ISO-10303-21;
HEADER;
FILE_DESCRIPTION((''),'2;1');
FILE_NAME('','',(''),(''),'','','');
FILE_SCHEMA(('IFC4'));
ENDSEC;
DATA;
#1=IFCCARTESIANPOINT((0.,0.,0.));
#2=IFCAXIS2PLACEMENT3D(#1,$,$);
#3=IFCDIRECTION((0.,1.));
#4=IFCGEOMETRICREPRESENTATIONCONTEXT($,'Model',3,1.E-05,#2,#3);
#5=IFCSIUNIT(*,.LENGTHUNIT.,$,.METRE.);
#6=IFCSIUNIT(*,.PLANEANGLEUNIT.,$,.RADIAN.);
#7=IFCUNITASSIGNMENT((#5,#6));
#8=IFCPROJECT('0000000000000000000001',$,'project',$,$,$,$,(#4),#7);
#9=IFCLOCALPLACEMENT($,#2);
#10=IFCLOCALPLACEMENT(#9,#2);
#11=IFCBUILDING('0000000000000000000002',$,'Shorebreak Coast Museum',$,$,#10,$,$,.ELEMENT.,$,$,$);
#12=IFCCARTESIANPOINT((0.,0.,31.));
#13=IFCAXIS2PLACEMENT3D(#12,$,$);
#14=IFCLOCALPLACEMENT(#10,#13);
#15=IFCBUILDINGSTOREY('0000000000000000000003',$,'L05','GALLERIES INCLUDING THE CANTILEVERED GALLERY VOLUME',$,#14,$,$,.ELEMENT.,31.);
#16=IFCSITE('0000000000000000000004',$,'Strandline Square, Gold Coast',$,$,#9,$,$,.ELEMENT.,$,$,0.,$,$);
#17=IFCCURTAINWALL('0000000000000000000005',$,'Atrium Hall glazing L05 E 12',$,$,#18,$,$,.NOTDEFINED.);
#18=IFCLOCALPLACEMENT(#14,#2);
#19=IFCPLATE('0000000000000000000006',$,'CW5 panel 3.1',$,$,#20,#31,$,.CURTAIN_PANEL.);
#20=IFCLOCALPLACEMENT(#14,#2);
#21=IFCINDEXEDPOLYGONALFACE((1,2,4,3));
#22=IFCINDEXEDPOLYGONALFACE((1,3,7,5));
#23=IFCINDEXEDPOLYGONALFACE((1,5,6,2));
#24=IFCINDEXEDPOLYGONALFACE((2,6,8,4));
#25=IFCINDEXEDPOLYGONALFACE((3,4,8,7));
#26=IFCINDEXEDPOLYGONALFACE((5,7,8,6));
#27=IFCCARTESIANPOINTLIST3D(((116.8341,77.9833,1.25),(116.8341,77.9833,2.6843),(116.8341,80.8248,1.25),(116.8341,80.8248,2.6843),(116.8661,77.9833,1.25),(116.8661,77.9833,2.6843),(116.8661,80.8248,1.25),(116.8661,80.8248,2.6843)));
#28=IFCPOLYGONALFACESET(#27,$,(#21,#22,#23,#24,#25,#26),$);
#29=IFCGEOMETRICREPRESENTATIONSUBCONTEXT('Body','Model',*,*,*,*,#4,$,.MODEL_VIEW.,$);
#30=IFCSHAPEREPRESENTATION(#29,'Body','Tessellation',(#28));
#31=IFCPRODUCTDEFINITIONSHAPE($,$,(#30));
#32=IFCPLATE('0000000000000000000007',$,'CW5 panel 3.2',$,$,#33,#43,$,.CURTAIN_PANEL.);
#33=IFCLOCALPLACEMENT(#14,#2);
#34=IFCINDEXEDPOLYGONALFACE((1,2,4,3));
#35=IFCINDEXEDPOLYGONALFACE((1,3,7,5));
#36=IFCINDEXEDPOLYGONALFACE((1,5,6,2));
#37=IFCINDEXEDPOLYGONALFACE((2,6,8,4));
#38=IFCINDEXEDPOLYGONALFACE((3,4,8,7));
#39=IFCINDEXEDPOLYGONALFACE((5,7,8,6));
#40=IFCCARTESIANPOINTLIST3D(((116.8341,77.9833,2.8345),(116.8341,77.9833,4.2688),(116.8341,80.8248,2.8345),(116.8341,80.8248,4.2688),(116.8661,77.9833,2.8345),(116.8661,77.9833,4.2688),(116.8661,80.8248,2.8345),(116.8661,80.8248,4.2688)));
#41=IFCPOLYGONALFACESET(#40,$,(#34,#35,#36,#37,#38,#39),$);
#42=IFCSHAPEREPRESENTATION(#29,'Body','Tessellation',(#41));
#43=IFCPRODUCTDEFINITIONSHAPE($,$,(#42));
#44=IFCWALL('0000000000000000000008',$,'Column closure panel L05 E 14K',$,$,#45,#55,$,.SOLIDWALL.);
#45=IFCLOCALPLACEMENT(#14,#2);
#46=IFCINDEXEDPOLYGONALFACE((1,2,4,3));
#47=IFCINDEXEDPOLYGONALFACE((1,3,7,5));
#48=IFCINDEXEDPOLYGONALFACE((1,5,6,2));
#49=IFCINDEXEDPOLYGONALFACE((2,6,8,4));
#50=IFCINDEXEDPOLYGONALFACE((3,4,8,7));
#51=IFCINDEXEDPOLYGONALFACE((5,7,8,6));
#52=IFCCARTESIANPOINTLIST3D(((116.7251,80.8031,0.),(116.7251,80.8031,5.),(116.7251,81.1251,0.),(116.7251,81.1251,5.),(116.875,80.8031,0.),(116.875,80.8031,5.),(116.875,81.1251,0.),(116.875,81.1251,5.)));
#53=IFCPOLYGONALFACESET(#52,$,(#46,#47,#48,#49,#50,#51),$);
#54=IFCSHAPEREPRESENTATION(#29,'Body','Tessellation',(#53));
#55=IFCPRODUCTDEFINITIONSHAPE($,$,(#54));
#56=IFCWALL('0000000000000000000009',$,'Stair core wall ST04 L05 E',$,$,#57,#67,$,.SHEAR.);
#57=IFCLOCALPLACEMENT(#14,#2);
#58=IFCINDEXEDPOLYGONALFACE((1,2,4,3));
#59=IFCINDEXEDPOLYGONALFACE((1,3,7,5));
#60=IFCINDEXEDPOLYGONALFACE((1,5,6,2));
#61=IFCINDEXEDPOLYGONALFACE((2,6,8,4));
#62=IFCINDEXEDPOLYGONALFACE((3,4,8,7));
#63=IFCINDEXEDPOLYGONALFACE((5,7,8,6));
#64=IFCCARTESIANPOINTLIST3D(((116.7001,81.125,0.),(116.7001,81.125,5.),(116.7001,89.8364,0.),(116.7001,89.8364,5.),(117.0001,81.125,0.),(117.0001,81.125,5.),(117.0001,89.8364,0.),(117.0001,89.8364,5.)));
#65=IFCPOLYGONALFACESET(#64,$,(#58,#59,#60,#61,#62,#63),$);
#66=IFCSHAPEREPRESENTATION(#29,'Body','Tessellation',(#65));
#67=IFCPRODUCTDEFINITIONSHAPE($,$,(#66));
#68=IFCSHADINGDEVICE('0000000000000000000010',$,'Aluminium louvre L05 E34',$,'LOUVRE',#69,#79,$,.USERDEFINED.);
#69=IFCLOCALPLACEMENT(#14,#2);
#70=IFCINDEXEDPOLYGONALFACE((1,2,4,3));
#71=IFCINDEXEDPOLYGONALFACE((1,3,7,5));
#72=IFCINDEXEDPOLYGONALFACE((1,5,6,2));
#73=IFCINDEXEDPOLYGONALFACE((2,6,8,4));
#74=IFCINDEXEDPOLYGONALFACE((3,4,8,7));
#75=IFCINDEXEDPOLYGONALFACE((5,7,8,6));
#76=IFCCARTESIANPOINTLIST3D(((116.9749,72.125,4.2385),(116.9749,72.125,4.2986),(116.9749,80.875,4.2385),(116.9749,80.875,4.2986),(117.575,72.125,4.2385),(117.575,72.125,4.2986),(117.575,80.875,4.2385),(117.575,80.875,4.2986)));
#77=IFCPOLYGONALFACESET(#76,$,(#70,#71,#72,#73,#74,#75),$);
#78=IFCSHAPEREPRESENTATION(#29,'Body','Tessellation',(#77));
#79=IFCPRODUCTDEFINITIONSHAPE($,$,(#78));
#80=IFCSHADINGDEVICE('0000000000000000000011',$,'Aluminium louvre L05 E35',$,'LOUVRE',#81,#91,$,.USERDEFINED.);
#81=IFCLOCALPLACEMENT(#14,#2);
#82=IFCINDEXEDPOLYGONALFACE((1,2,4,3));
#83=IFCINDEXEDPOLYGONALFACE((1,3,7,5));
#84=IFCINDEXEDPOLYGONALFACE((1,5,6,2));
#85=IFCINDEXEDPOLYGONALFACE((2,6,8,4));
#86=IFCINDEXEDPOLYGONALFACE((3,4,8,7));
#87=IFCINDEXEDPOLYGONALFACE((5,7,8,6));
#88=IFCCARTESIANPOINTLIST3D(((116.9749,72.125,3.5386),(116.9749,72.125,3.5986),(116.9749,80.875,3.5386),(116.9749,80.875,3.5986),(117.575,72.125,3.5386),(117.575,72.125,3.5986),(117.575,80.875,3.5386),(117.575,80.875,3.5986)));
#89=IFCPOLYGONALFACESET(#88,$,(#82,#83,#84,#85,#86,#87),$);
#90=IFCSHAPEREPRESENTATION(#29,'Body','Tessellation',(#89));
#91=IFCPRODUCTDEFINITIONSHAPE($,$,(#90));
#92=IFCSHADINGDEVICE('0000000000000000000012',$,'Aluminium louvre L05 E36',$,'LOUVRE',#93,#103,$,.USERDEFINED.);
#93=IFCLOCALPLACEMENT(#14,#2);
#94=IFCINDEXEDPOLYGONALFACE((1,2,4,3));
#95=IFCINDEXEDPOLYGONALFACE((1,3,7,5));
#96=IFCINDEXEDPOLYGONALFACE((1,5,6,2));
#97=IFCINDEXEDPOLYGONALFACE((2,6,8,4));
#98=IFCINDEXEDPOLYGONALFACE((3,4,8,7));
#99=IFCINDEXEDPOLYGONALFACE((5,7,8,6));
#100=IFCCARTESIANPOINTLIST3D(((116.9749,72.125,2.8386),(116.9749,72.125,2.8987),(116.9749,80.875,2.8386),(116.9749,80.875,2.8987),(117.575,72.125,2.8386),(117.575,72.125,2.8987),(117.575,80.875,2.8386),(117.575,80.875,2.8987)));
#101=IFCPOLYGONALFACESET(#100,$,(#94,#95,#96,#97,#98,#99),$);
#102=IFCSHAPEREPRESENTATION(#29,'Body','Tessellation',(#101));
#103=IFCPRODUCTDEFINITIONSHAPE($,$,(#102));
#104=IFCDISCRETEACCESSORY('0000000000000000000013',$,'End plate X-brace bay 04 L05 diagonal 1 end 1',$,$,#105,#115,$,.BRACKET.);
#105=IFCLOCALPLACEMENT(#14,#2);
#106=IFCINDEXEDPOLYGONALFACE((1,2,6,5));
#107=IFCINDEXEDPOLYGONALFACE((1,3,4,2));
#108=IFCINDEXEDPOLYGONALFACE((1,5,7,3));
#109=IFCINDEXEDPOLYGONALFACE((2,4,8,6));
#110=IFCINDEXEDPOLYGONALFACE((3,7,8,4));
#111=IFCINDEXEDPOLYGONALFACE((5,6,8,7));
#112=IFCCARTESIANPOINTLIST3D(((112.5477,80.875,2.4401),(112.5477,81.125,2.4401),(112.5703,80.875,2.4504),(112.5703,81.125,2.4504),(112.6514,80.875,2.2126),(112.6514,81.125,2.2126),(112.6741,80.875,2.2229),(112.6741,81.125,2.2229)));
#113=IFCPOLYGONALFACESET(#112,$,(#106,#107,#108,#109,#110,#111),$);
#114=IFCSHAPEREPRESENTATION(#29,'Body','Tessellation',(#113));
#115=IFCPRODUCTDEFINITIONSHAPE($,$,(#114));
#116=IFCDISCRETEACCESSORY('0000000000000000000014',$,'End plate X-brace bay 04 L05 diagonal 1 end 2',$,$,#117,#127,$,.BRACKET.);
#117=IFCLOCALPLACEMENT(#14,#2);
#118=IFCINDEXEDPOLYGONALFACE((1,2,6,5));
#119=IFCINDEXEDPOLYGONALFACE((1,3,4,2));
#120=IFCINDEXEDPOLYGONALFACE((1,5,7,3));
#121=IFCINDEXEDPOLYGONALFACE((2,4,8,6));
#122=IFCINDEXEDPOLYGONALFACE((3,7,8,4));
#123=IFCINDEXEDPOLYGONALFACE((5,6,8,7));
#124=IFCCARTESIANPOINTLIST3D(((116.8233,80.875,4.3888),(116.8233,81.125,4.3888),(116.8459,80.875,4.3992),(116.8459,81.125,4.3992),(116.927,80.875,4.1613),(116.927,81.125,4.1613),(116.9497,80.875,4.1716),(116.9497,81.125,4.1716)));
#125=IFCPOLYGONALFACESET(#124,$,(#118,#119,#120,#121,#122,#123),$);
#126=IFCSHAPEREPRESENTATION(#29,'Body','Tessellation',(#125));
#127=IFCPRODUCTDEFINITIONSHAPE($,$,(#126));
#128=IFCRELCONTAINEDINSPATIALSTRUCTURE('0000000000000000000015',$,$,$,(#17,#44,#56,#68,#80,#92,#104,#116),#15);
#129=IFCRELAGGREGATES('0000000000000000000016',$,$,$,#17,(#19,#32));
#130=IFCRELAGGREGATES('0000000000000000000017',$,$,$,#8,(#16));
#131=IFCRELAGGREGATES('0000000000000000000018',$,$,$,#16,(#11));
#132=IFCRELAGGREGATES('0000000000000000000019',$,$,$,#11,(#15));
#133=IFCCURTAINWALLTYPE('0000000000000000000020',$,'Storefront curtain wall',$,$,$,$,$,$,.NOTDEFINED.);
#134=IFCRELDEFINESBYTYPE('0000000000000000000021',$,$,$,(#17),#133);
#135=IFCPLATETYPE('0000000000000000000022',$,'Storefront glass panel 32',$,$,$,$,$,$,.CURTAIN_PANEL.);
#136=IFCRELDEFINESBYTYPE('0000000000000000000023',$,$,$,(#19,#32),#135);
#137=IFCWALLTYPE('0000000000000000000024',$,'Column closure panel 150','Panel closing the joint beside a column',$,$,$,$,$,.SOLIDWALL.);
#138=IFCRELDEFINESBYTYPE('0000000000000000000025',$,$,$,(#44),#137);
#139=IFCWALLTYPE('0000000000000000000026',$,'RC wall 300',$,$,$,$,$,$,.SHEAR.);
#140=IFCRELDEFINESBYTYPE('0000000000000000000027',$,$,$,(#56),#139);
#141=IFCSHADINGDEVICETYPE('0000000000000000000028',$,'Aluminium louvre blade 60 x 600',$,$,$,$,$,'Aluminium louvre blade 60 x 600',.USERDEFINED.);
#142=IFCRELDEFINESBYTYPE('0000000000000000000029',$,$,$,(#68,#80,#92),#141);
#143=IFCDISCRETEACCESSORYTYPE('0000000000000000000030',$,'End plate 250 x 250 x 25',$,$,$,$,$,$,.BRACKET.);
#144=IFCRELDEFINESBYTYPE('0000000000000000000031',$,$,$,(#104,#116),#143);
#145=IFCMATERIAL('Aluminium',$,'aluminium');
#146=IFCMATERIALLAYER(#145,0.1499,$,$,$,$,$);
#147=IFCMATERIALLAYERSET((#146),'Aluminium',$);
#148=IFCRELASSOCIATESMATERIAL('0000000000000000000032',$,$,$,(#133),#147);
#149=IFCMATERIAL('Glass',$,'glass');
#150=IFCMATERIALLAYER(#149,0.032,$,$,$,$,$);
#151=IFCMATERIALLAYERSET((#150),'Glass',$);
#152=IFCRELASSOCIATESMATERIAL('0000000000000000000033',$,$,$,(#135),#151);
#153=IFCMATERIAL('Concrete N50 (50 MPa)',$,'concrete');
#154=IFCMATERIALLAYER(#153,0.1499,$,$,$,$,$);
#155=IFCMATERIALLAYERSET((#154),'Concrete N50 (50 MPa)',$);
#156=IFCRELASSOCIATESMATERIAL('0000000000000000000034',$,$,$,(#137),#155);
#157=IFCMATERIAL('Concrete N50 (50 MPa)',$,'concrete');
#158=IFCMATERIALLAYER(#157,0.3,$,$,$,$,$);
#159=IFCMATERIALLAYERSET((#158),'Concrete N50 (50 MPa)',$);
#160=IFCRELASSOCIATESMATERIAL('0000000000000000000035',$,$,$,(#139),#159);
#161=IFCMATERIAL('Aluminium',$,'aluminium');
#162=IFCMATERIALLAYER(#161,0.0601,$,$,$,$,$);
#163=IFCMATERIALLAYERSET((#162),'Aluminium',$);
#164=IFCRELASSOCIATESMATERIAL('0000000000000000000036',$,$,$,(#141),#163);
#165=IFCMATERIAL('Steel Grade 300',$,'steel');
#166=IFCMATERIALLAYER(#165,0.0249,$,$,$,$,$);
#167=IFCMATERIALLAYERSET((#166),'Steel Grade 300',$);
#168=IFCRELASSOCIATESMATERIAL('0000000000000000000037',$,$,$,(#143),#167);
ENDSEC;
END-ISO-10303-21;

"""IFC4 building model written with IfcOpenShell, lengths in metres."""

from ifc_helpers import new_model, si_unit, direction, frame, frame_2d, origin, origin_2d, place, context, subcontext, project, spatial, polyline, rectangle, outline, extrude, material, layer, layer_set, type_object, element, aggregate, save


model = new_model("IFC4")

# Units and contexts
model_context = context("Model", 3, precision=1e-05, world=origin(), true_north=direction((0.0, 1.0)))
body_context = subcontext(model_context, "Body", "Model", "MODEL_VIEW")
ifc_project = project(units=[si_unit("LENGTHUNIT", "METRE"), si_unit("PLANEANGLEUNIT", "RADIAN")], contexts=[model_context])

# Site, building, storey
site_placement = place(None, origin())
site = spatial("IfcSite", under=ifc_project, at=site_placement, Name="Strandline Square, Gold Coast", CompositionType="ELEMENT", RefElevation=0.0)
building_placement = place(site_placement, origin())
building = spatial("IfcBuilding", under=site, at=building_placement, Name="Shorebreak Coast Museum", CompositionType="ELEMENT")
storey_placement = place(building_placement, frame((0.0, 0.0, 31.0)))
storey = spatial("IfcBuildingStorey", under=building, at=storey_placement, Name="L05", Description="GALLERIES INCLUDING THE CANTILEVERED GALLERY VOLUME", CompositionType="ELEMENT", Elevation=31.0)

# Curtain wall
ifc_material_1 = material(Name="Aluminium", Category="aluminium")
ifc_layer_1 = layer(ifc_material_1, 0.1499)
ifc_layer_set_1 = layer_set([ifc_layer_1], Name="Aluminium")
curtain_wall_type_1 = type_object("IfcCurtainWallType", Name="Storefront curtain wall", PredefinedType="NOTDEFINED", material=ifc_layer_set_1)
curtain_wall_1_placement = place(storey_placement, origin())
curtain_wall_1 = element("IfcCurtainWall", 1, at=curtain_wall_1_placement, inside=storey, type_object=curtain_wall_type_1, Name="Atrium Hall glazing L05 E 12", PredefinedType="NOTDEFINED")

# Plates
ifc_material_2 = material(Name="Glass", Category="glass")
ifc_layer_2 = layer(ifc_material_2, 0.032)
ifc_layer_set_2 = layer_set([ifc_layer_2], Name="Glass")
plate_type_1 = type_object("IfcPlateType", Name="Storefront glass panel 32", PredefinedType="CURTAIN_PANEL", material=ifc_layer_set_2)
plate_1_placement = place(storey_placement, frame((116.8501, 79.4041, 1.25), z_axis=(0.0, 0.0, 1.0), x_axis=(0.0, 1.0, 0.0)))
plate_1 = element("IfcPlate", 2, at=plate_1_placement, type_object=plate_type_1, Name="CW5 panel 3.1", PredefinedType="CURTAIN_PANEL", context=body_context, shape_type="SweptSolid", body=[
    extrude(rectangle(XDim=2.8416, YDim=0.032, at=origin_2d()), origin(), (0.0, 0.0, 1.0), 1.4343),
])
plate_2_placement = place(storey_placement, frame((116.8501, 79.4041, 2.8345), z_axis=(0.0, 0.0, 1.0), x_axis=(0.0, 1.0, 0.0)))
plate_2 = element("IfcPlate", 3, at=plate_2_placement, type_object=plate_type_1, Name="CW5 panel 3.2", PredefinedType="CURTAIN_PANEL", context=body_context, shape_type="SweptSolid", body=[
    extrude(rectangle(XDim=2.8416, YDim=0.032, at=origin_2d()), origin(), (0.0, 0.0, 1.0), 1.4343),
])
aggregate(curtain_wall_1, [plate_1, plate_2])

# Walls
ifc_material_3 = material(Name="Concrete N50 (50 MPa)", Category="concrete")
ifc_layer_3 = layer(ifc_material_3, 0.1499)
ifc_layer_set_3 = layer_set([ifc_layer_3], Name="Concrete N50 (50 MPa)")
wall_type_1 = type_object("IfcWallType", Name="Column closure panel 150", Description="Panel closing the joint beside a column", PredefinedType="SOLIDWALL", material=ifc_layer_set_3)
wall_1_placement = place(storey_placement, frame((116.8, 80.803, 0.0), z_axis=(0.0, 0.0, 1.0), x_axis=(0.0, 1.0, 0.0)))
element("IfcWall", 4, at=wall_1_placement, inside=storey, type_object=wall_type_1, Name="Column closure panel L05 E 14K", PredefinedType="SOLIDWALL", context=body_context, shape_type="SweptSolid", body=[
    extrude(rectangle(XDim=0.322, YDim=0.1499, at=frame_2d((0.1611, 0.0))), origin(), (0.0, 0.0, 1.0), 5.0),
])
ifc_material_4 = material(Name="Concrete N50 (50 MPa)", Category="concrete")
ifc_layer_4 = layer(ifc_material_4, 0.3)
ifc_layer_set_4 = layer_set([ifc_layer_4], Name="Concrete N50 (50 MPa)")
wall_type_2 = type_object("IfcWallType", Name="RC wall 300", PredefinedType="SHEAR", material=ifc_layer_set_4)
wall_2_placement = place(storey_placement, frame((116.8501, 81.125, 0.0), z_axis=(0.0, 0.0, 1.0), x_axis=(0.0, 1.0, 0.0)))
element("IfcWall", 5, at=wall_2_placement, inside=storey, type_object=wall_type_2, Name="Stair core wall ST04 L05 E", PredefinedType="SHEAR", context=body_context, shape_type="SweptSolid", body=[
    extrude(rectangle(XDim=8.7114, YDim=0.3, at=frame_2d((4.3557, 0.0))), origin(), (0.0, 0.0, 1.0), 5.0),
])

# Shading devices
ifc_material_5 = material(Name="Aluminium", Category="aluminium")
ifc_layer_5 = layer(ifc_material_5, 0.0601)
ifc_layer_set_5 = layer_set([ifc_layer_5], Name="Aluminium")
shading_device_type = type_object("IfcShadingDeviceType", Name="Aluminium louvre blade 60 x 600", ElementType="Aluminium louvre blade 60 x 600", PredefinedType="USERDEFINED", material=ifc_layer_set_5)
for number, where, z_axis, x_axis, name in (
    (6, (117.2749, 76.5, 4.2385), (0.0, 0.0, 1.0), (1.0, 0.0, 0.0), "Aluminium louvre L05 E34"),
    (7, (117.2749, 76.5, 3.5386), (0.0, 0.0, 1.0), (1.0, 0.0, 0.0), "Aluminium louvre L05 E35"),
    (8, (117.2749, 76.5, 2.8386), (0.0, 0.0, 1.0), (1.0, 0.0, 0.0), "Aluminium louvre L05 E36"),
):
    element("IfcShadingDevice", number, at=place(storey_placement, frame(where, z_axis=z_axis, x_axis=x_axis)), inside=storey, type_object=shading_device_type, Name=name, ObjectType="LOUVRE", PredefinedType="USERDEFINED", context=body_context, shape_type="SweptSolid", body=[
        extrude(rectangle(XDim=0.6001, YDim=8.75, at=origin_2d()), origin(), (0.0, 0.0, 1.0), 0.0601),
    ])

# Discrete accessories
ifc_material_6 = material(Name="Steel Grade 300", Category="steel")
ifc_layer_6 = layer(ifc_material_6, 0.0249)
ifc_layer_set_6 = layer_set([ifc_layer_6], Name="Steel Grade 300")
discrete_accessory_type = type_object("IfcDiscreteAccessoryType", Name="End plate 250 x 250 x 25", PredefinedType="BRACKET", material=ifc_layer_set_6)
for number, where, z_axis, x_axis, name in (
    (9, (112.6741, 80.875, 2.2229), (0.909864, 0.0, 0.414906), (0.0, 1.0, 0.0), "End plate X-brace bay 04 L05 diagonal 1 end 1"),
    (10, (116.9497, 80.875, 4.1716), (0.909864, 0.0, 0.414906), (0.0, 1.0, 0.0), "End plate X-brace bay 04 L05 diagonal 1 end 2"),
):
    element("IfcDiscreteAccessory", number, at=place(storey_placement, frame(where, z_axis=z_axis, x_axis=x_axis)), inside=storey, type_object=discrete_accessory_type, Name=name, PredefinedType="BRACKET", context=body_context, shape_type="SweptSolid", body=[
        extrude(outline(polyline([(0.0, 0.0), (0.25, 0.0), (0.25, 0.2501), (0.0, 0.2501), (0.0, 0.0)])), origin(), (0.0, 0.0, -1.0), 0.0249),
    ])

save(model, "model.ifc")
